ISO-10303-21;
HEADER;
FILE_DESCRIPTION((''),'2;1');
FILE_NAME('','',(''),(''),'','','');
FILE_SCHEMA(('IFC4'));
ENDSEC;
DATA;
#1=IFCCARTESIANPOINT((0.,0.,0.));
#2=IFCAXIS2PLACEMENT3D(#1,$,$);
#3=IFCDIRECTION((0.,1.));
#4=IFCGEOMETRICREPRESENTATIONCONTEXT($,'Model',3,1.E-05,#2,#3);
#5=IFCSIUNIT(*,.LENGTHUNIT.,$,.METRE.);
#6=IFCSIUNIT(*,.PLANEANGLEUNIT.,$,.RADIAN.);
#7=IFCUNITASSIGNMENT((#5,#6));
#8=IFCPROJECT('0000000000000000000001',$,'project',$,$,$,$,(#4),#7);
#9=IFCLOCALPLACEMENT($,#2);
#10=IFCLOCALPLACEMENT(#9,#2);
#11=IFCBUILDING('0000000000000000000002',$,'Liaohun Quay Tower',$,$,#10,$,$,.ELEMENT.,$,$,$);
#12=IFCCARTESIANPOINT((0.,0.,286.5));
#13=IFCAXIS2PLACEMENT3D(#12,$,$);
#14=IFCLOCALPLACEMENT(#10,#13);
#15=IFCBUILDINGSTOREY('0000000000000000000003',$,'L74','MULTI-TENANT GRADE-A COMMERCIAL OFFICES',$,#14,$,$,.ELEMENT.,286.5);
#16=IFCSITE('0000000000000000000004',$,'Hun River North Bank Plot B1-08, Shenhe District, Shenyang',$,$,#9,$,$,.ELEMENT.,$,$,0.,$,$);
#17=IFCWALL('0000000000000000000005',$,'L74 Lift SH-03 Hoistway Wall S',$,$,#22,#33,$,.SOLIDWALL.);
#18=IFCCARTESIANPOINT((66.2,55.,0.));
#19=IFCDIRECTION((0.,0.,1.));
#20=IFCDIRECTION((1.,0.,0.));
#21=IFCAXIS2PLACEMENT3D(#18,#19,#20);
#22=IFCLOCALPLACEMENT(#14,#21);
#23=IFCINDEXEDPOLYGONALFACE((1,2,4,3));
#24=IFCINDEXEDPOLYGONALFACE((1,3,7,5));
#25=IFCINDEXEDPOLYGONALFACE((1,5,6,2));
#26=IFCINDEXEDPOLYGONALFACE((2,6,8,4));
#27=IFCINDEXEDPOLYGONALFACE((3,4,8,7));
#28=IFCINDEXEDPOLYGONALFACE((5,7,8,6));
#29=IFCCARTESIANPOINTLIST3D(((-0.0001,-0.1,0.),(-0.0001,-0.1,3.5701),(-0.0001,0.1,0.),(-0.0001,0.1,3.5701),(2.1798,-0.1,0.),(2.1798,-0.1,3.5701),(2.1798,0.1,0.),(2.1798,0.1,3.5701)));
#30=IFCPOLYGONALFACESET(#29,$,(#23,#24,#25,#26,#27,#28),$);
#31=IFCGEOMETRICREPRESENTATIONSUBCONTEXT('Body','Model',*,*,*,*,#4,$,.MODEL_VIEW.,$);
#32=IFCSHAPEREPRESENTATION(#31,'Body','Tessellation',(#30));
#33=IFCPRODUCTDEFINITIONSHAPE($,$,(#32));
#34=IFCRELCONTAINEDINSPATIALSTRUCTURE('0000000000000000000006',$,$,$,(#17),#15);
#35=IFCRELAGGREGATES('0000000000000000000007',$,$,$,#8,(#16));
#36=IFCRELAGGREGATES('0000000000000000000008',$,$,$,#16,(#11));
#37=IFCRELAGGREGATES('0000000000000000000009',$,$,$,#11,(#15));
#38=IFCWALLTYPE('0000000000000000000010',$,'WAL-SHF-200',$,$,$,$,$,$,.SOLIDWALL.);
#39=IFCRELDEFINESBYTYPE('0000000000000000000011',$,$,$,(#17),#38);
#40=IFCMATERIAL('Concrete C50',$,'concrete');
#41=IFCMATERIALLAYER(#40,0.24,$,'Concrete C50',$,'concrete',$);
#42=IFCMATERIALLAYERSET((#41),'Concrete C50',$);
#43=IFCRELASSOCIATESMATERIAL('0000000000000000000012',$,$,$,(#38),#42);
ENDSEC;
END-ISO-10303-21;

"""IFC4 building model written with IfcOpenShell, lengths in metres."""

from ifc_helpers import new_model, si_unit, direction, frame, frame_2d, origin, place, context, subcontext, project, spatial, rectangle, extrude, material, layer, layer_set, type_object, element, save


model = new_model("IFC4")

# Units and contexts
model_context = context("Model", 3, precision=1e-05, world=origin(), true_north=direction((0.0, 1.0)))
body_context = subcontext(model_context, "Body", "Model", "MODEL_VIEW")
ifc_project = project(units=[si_unit("LENGTHUNIT", "METRE"), si_unit("PLANEANGLEUNIT", "RADIAN")], contexts=[model_context])

# Site, building, storey
site_placement = place(None, origin())
site = spatial("IfcSite", under=ifc_project, at=site_placement, Name="Hun River North Bank Plot B1-08, Shenhe District, Shenyang", CompositionType="ELEMENT", RefElevation=0.0)
building_placement = place(site_placement, origin())
building = spatial("IfcBuilding", under=site, at=building_placement, Name="Liaohun Quay Tower", CompositionType="ELEMENT")
storey_placement = place(building_placement, frame((0.0, 0.0, 286.5)))
storey = spatial("IfcBuildingStorey", under=building, at=storey_placement, Name="L74", Description="MULTI-TENANT GRADE-A COMMERCIAL OFFICES", CompositionType="ELEMENT", Elevation=286.5)

# Shared definitions
ifc_material_1 = material(Name="Concrete C50", Category="concrete")
ifc_layer_1 = layer(ifc_material_1, 0.24, Name="Concrete C50", Category="concrete")
ifc_layer_set_1 = layer_set([ifc_layer_1], Name="Concrete C50")
wall_type_1 = type_object("IfcWallType", Name="WAL-SHF-200", PredefinedType="SOLIDWALL", material=ifc_layer_set_1)

# Wall
wall_1_placement = place(storey_placement, frame((66.2, 55.0, 0.0), z_axis=(0.0, 0.0, 1.0), x_axis=(1.0, 0.0, 0.0)))
element("IfcWall", 1, at=wall_1_placement, inside=storey, type_object=wall_type_1, Name="L74 Lift SH-03 Hoistway Wall S", PredefinedType="SOLIDWALL", context=body_context, shape_type="SweptSolid", body=[
    extrude(rectangle(XDim=2.1799, YDim=0.2, at=frame_2d((1.0898, 0.0))), origin(), (0.0, 0.0, 1.0), 3.5701),
])

save(model, "model.ifc")
